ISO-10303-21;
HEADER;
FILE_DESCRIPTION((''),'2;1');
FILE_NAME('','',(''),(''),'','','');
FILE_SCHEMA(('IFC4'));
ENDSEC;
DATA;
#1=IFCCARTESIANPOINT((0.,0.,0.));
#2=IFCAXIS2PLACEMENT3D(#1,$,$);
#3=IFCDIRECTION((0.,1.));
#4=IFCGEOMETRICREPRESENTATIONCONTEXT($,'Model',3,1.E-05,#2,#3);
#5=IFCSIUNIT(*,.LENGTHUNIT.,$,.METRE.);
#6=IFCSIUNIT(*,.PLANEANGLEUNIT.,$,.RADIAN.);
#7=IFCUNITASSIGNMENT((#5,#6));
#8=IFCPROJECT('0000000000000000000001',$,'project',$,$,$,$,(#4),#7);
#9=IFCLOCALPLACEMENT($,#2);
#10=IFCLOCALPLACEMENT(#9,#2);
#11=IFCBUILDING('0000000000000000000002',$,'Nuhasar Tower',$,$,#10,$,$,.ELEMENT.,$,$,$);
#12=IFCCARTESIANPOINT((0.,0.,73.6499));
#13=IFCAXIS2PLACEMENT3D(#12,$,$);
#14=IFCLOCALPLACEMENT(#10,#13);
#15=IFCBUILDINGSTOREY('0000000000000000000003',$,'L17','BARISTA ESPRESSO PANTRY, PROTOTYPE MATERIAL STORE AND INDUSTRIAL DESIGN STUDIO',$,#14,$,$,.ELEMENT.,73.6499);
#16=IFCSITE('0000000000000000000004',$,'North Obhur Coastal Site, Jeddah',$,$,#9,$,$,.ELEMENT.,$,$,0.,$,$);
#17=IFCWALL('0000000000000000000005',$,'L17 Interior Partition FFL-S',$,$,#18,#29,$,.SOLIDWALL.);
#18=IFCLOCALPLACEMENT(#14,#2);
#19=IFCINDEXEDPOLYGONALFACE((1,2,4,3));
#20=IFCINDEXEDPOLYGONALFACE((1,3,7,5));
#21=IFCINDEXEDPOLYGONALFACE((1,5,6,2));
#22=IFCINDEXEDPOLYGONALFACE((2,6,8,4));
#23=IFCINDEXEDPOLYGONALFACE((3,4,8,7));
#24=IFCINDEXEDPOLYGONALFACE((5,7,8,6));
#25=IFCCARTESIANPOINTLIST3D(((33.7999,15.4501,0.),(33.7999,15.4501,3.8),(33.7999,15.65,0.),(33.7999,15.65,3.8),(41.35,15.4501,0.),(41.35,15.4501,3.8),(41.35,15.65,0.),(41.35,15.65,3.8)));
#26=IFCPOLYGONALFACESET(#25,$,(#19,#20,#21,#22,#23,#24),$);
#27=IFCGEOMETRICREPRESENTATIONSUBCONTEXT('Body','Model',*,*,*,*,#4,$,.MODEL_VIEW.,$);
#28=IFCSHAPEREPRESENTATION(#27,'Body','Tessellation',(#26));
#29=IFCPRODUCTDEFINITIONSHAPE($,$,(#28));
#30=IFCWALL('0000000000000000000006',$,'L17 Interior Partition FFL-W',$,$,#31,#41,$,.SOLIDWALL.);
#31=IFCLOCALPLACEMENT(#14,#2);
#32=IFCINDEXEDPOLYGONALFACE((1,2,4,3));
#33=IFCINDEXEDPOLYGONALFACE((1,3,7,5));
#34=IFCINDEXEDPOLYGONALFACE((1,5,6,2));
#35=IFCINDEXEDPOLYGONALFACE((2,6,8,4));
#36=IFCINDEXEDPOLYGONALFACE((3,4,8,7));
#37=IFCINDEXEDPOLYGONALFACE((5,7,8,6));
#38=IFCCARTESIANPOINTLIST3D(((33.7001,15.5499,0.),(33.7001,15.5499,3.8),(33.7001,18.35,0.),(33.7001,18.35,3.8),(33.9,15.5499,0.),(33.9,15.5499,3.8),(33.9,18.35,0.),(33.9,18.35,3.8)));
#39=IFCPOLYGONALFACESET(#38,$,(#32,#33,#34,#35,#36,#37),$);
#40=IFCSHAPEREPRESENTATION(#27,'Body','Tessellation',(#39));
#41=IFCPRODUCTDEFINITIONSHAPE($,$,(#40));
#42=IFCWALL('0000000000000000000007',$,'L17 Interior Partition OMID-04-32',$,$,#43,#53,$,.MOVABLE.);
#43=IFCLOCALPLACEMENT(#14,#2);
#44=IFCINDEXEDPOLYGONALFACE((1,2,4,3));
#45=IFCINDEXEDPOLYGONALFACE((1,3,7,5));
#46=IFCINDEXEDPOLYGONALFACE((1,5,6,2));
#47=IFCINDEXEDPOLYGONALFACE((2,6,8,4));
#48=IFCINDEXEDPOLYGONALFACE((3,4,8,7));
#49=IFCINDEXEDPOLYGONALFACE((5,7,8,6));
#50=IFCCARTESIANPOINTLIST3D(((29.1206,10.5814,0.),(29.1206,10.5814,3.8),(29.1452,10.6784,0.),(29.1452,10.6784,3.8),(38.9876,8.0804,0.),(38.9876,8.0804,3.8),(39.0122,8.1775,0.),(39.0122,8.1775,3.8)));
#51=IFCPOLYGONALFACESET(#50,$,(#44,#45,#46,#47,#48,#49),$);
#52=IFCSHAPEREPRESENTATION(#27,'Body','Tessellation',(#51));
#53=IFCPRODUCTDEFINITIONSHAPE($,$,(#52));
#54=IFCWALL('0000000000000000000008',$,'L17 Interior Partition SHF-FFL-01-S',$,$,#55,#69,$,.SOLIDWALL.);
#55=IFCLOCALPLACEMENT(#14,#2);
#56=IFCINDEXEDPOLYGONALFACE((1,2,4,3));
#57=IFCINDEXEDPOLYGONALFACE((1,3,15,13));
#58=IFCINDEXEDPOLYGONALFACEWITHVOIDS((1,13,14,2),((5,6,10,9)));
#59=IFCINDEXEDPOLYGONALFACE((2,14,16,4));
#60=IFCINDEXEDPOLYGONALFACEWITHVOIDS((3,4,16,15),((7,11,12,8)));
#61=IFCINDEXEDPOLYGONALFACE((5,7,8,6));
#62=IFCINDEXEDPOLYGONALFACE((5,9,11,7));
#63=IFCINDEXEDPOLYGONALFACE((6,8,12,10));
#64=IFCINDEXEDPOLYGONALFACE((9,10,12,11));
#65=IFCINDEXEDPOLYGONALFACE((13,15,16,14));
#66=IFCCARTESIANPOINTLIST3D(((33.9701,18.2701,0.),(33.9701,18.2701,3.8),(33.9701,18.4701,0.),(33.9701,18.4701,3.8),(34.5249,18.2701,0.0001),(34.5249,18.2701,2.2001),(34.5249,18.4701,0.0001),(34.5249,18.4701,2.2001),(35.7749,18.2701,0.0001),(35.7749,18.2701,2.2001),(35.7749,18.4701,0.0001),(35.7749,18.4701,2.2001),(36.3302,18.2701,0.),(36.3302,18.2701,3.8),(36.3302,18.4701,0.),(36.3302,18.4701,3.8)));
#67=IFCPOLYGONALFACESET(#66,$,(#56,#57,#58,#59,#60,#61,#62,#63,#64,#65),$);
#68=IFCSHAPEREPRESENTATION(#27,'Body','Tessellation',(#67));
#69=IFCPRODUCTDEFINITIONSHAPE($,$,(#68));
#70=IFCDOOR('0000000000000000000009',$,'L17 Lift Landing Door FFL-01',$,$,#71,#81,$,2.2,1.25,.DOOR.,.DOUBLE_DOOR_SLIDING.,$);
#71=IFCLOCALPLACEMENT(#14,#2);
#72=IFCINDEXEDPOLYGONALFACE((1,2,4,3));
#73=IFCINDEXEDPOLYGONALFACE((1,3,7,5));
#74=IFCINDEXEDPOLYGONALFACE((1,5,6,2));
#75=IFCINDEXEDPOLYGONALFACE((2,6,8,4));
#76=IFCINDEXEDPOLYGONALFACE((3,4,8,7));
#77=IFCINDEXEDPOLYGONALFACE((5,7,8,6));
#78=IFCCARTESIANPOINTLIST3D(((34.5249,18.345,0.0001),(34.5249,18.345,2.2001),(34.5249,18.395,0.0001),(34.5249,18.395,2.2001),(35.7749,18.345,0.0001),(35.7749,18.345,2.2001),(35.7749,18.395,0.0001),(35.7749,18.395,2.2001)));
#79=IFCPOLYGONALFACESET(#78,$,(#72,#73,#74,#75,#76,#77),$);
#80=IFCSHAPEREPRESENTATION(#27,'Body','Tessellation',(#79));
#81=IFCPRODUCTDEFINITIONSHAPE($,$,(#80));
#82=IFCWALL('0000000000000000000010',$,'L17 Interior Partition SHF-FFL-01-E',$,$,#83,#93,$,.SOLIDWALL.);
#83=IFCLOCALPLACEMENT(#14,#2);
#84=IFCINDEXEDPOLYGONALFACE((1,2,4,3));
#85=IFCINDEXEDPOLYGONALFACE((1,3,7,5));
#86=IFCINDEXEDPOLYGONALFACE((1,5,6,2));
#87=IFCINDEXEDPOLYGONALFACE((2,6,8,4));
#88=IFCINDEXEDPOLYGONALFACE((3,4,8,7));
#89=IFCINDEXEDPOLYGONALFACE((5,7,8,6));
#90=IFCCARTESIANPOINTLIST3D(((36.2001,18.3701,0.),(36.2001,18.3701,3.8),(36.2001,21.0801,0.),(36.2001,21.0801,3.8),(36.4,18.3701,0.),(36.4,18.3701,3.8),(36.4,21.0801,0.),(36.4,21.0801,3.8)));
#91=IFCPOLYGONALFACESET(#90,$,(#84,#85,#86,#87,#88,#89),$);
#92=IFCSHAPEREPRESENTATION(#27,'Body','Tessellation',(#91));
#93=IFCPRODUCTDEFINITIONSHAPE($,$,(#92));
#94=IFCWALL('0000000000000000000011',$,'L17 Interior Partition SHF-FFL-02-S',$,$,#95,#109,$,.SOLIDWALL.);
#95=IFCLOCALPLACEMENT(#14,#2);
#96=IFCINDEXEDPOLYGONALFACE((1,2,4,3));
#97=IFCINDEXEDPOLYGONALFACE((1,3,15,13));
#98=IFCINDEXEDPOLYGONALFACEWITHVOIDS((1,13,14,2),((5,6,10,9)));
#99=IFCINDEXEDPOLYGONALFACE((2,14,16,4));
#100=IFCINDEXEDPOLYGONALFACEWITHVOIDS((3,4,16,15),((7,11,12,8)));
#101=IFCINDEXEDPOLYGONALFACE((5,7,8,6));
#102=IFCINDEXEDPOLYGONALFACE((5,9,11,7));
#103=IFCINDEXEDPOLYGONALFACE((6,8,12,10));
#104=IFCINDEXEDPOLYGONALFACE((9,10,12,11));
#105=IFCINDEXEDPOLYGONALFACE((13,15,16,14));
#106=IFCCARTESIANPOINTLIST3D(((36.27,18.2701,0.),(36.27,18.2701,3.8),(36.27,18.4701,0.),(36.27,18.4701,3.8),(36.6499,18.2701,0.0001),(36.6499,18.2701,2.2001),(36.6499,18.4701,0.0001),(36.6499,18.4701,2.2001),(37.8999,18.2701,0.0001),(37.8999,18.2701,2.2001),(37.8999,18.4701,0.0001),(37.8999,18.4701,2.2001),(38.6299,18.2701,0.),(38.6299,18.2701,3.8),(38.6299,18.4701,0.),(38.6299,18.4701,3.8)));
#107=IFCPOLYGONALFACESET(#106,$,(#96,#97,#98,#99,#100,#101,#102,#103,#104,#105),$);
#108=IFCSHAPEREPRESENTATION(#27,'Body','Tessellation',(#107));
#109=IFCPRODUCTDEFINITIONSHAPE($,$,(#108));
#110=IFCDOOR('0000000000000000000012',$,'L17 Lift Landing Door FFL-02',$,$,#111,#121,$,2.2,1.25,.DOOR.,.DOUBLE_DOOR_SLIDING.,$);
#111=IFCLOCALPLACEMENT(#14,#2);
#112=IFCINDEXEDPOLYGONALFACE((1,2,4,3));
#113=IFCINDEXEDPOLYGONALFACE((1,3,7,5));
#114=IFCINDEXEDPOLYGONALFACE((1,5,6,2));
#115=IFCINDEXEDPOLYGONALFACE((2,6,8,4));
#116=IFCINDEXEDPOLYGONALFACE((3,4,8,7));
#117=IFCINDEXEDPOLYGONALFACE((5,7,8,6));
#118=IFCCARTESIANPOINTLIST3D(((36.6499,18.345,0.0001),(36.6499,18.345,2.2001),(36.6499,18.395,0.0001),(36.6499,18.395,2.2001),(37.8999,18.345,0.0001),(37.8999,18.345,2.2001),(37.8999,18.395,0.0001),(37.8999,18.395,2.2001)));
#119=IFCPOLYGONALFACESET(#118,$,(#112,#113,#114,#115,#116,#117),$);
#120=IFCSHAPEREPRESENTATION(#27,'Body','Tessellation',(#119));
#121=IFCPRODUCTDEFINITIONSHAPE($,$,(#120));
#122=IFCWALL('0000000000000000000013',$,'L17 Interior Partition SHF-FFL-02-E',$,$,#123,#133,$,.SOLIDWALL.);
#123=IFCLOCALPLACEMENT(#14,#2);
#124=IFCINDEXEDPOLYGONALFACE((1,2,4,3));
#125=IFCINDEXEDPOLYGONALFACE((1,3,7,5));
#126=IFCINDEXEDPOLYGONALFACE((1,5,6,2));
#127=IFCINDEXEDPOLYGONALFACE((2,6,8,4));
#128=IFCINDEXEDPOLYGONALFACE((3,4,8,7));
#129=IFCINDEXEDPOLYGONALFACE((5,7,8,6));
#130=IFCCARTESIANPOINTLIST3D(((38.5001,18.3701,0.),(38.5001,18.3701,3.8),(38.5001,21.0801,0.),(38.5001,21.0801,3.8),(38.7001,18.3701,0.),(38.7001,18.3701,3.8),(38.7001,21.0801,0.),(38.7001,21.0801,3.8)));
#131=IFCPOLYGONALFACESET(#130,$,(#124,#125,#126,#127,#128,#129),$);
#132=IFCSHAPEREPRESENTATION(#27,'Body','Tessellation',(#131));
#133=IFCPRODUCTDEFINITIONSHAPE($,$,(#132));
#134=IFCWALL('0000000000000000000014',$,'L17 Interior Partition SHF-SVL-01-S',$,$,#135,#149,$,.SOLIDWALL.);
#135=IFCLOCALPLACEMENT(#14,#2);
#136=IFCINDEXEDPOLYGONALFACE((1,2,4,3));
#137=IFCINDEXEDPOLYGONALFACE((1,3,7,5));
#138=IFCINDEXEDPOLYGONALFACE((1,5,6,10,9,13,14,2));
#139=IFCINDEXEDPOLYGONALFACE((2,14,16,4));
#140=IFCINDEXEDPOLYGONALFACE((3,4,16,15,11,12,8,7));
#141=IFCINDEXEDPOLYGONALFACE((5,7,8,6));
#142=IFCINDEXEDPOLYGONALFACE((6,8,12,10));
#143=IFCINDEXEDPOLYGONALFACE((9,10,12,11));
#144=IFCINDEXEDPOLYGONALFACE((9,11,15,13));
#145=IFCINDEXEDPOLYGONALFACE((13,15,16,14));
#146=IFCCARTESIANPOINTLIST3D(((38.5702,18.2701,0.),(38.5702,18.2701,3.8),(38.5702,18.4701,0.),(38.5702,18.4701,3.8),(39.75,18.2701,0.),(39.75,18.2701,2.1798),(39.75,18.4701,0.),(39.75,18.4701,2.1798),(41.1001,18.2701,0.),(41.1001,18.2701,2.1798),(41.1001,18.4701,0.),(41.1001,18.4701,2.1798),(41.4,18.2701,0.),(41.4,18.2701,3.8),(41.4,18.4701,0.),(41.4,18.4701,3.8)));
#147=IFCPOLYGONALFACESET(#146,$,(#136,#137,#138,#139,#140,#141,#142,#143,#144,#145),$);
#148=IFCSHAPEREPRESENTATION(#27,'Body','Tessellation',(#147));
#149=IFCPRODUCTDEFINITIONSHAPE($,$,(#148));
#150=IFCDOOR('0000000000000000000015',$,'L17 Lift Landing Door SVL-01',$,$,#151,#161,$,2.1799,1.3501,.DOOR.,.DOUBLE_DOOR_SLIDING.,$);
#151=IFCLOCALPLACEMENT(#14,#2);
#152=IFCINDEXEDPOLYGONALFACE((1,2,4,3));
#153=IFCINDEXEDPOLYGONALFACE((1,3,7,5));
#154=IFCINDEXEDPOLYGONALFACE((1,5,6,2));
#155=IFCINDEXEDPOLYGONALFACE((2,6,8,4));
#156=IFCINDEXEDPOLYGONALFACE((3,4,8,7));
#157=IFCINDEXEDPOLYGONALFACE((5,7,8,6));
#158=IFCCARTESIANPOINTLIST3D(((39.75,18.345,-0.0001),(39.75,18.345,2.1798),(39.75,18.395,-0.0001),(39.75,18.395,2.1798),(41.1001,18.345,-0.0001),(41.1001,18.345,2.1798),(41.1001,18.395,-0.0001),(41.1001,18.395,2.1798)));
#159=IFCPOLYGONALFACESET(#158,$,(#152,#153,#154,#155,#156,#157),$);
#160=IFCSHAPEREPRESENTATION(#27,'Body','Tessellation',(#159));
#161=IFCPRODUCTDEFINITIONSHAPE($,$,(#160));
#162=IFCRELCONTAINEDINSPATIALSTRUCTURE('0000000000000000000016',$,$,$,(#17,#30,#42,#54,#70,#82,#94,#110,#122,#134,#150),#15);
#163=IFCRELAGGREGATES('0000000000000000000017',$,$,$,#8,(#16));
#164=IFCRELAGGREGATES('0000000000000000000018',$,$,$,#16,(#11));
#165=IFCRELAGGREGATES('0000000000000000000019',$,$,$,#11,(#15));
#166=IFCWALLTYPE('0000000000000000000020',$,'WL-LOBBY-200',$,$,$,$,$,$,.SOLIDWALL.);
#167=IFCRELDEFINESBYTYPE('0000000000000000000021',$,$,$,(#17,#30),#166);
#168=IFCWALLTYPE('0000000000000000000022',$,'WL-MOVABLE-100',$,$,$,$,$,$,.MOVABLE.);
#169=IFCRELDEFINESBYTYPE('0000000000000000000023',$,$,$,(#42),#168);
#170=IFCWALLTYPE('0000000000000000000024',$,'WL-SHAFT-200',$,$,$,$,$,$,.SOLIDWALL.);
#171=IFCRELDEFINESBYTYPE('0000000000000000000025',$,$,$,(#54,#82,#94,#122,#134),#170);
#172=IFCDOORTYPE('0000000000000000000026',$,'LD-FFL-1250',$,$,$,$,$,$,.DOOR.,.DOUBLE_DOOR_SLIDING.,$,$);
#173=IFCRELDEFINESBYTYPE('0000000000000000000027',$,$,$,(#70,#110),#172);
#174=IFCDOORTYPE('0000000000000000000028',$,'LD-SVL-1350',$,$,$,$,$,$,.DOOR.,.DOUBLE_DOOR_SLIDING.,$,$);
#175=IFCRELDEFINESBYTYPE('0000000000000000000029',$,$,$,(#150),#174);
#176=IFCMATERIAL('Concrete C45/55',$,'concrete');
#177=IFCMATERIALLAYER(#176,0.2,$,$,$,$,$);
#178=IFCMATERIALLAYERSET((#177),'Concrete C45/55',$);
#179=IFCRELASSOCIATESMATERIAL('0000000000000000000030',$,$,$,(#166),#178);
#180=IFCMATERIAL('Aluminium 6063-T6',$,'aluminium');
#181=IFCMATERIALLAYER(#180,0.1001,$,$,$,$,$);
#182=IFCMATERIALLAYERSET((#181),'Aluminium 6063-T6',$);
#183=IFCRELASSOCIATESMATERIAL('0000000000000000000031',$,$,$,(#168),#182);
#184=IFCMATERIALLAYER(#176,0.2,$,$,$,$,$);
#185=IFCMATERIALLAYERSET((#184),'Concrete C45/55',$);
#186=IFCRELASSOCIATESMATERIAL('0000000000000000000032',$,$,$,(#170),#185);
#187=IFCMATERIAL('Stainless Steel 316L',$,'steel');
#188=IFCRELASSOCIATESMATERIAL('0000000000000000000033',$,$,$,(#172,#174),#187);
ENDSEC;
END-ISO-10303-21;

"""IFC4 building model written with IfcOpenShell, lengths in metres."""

from ifc_helpers import new_model, si_unit, direction, frame, frame_2d, origin, place, context, subcontext, project, spatial, rectangle, extrude, material, layer, layer_set, type_object, element, fill, save


model = new_model("IFC4")

# Units and contexts
model_context = context("Model", 3, precision=1e-05, world=origin(), true_north=direction((0.0, 1.0)))
body_context = subcontext(model_context, "Body", "Model", "MODEL_VIEW")
ifc_project = project(units=[si_unit("LENGTHUNIT", "METRE"), si_unit("PLANEANGLEUNIT", "RADIAN")], contexts=[model_context])

# Site, building, storey
site_placement = place(None, origin())
site = spatial("IfcSite", under=ifc_project, at=site_placement, Name="North Obhur Coastal Site, Jeddah", CompositionType="ELEMENT", RefElevation=0.0)
building_placement = place(site_placement, origin())
building = spatial("IfcBuilding", under=site, at=building_placement, Name="Nuhasar Tower", CompositionType="ELEMENT")
storey_placement = place(building_placement, frame((0.0, 0.0, 73.6499)))
storey = spatial("IfcBuildingStorey", under=building, at=storey_placement, Name="L17", Description="BARISTA ESPRESSO PANTRY, PROTOTYPE MATERIAL STORE AND INDUSTRIAL DESIGN STUDIO", CompositionType="ELEMENT", Elevation=73.6499)

# Shared definitions
ifc_material_1 = material(Name="Aluminium 6063-T6", Category="aluminium")

# Walls
ifc_material_2 = material(Name="Concrete C45/55", Category="concrete")
ifc_layer_1 = layer(ifc_material_2, 0.2)
ifc_layer_set_1 = layer_set([ifc_layer_1], Name="Concrete C45/55")
wall_type_1 = type_object("IfcWallType", Name="WL-LOBBY-200", PredefinedType="SOLIDWALL", material=ifc_layer_set_1)
wall_1_placement = place(storey_placement, frame((33.8, 15.55, 0.0), z_axis=(0.0, 0.0, 1.0), x_axis=(1.0, 0.0, 0.0)))
element("IfcWall", 1, at=wall_1_placement, inside=storey, type_object=wall_type_1, Name="L17 Interior Partition FFL-S", PredefinedType="SOLIDWALL", context=body_context, shape_type="SweptSolid", body=[
    extrude(rectangle(XDim=7.55, YDim=0.2, at=frame_2d((3.7749, 0.0))), origin(), (0.0, 0.0, 1.0), 3.8),
])
wall_2_placement = place(storey_placement, frame((33.8, 15.55, 0.0), z_axis=(0.0, 0.0, 1.0), x_axis=(0.0, 1.0, 0.0)))
element("IfcWall", 2, at=wall_2_placement, inside=storey, type_object=wall_type_1, Name="L17 Interior Partition FFL-W", PredefinedType="SOLIDWALL", context=body_context, shape_type="SweptSolid", body=[
    extrude(rectangle(XDim=2.8, YDim=0.2, at=frame_2d((1.3999, 0.0))), origin(), (0.0, 0.0, 1.0), 3.8),
])
ifc_layer_2 = layer(ifc_material_1, 0.1001)
ifc_layer_set_2 = layer_set([ifc_layer_2], Name="Aluminium 6063-T6")
wall_type_2 = type_object("IfcWallType", Name="WL-MOVABLE-100", PredefinedType="MOVABLE", material=ifc_layer_set_2)
wall_3_placement = place(storey_placement, frame((29.1331, 10.6299, 0.0), z_axis=(0.0, 0.0, 1.0), x_axis=(0.969346, -0.2457, 0.0)))
element("IfcWall", 3, at=wall_3_placement, inside=storey, type_object=wall_type_2, Name="L17 Interior Partition OMID-04-32", PredefinedType="MOVABLE", context=body_context, shape_type="SweptSolid", body=[
    extrude(rectangle(XDim=10.179, YDim=0.1001, at=frame_2d((5.0894, 0.0))), origin(), (0.0, 0.0, 1.0), 3.8),
])

# Wall, opening, door
ifc_layer_3 = layer(ifc_material_2, 0.2)
ifc_layer_set_3 = layer_set([ifc_layer_3], Name="Concrete C45/55")
wall_type_3 = type_object("IfcWallType", Name="WL-SHAFT-200", PredefinedType="SOLIDWALL", material=ifc_layer_set_3)
wall_4_placement = place(storey_placement, frame((33.97, 18.3701, 0.0), z_axis=(0.0, 0.0, 1.0), x_axis=(1.0, 0.0, 0.0)))
wall_4 = element("IfcWall", 4, at=wall_4_placement, inside=storey, type_object=wall_type_3, Name="L17 Interior Partition SHF-FFL-01-S", PredefinedType="SOLIDWALL", context=body_context, shape_type="SweptSolid", body=[
    extrude(rectangle(XDim=2.3601, YDim=0.2, at=frame_2d((1.1802, 0.0))), origin(), (0.0, 0.0, 1.0), 3.8),
])
opening_1_placement = place(wall_4_placement, frame((0.5549, 0.0, 0.0)))
opening_1 = element("IfcOpeningElement", 5, at=opening_1_placement, cuts=wall_4, PredefinedType="OPENING", context=body_context, shape_type="SweptSolid", body=[
    extrude(rectangle(XDim=1.25, YDim=2.2, at=frame_2d((0.625, 1.1001))), frame((0.0, 0.1099, 0.0), z_axis=(0.0, -1.0, 0.0), x_axis=(1.0, 0.0, 0.0)), (0.0, 0.0, 1.0), 0.22),
])
ifc_material_3 = material(Name="Stainless Steel 316L", Category="steel")
door_type_1 = type_object("IfcDoorType", Name="LD-FFL-1250", OperationType="DOUBLE_DOOR_SLIDING", PredefinedType="DOOR", material=ifc_material_3)
door_1_placement = place(opening_1_placement, origin())
door_1 = element("IfcDoor", 6, at=door_1_placement, inside=storey, type_object=door_type_1, Name="L17 Lift Landing Door FFL-01", OperationType="DOUBLE_DOOR_SLIDING", OverallHeight=2.2, OverallWidth=1.25, PredefinedType="DOOR", context=body_context, shape_type="SweptSolid", body=[
    extrude(rectangle(XDim=1.25, YDim=2.2, at=frame_2d((0.625, 1.1001))), frame((0.0, 0.0249, 0.0), z_axis=(0.0, -1.0, 0.0), x_axis=(1.0, 0.0, 0.0)), (0.0, 0.0, 1.0), 0.05),
])
fill(opening_1, door_1)

# Wall
wall_5_placement = place(storey_placement, frame((36.3, 18.3701, 0.0), z_axis=(0.0, 0.0, 1.0), x_axis=(0.0, 1.0, 0.0)))
element("IfcWall", 7, at=wall_5_placement, inside=storey, type_object=wall_type_3, Name="L17 Interior Partition SHF-FFL-01-E", PredefinedType="SOLIDWALL", context=body_context, shape_type="SweptSolid", body=[
    extrude(rectangle(XDim=2.71, YDim=0.2, at=frame_2d((1.355, 0.0))), origin(), (0.0, 0.0, 1.0), 3.8),
])

# Wall, opening, door
wall_6_placement = place(storey_placement, frame((36.27, 18.3701, 0.0), z_axis=(0.0, 0.0, 1.0), x_axis=(1.0, 0.0, 0.0)))
wall_6 = element("IfcWall", 8, at=wall_6_placement, inside=storey, type_object=wall_type_3, Name="L17 Interior Partition SHF-FFL-02-S", PredefinedType="SOLIDWALL", context=body_context, shape_type="SweptSolid", body=[
    extrude(rectangle(XDim=2.3599, YDim=0.2, at=frame_2d((1.1799, 0.0))), origin(), (0.0, 0.0, 1.0), 3.8),
])
opening_2_placement = place(wall_6_placement, frame((0.3799, 0.0, 0.0)))
opening_2 = element("IfcOpeningElement", 9, at=opening_2_placement, cuts=wall_6, PredefinedType="OPENING", context=body_context, shape_type="SweptSolid", body=[
    extrude(rectangle(XDim=1.25, YDim=2.2, at=frame_2d((0.625, 1.1001))), frame((0.0, 0.1099, 0.0), z_axis=(0.0, -1.0, 0.0), x_axis=(1.0, 0.0, 0.0)), (0.0, 0.0, 1.0), 0.22),
])
door_2_placement = place(opening_2_placement, origin())
door_2 = element("IfcDoor", 10, at=door_2_placement, inside=storey, type_object=door_type_1, Name="L17 Lift Landing Door FFL-02", OperationType="DOUBLE_DOOR_SLIDING", OverallHeight=2.2, OverallWidth=1.25, PredefinedType="DOOR", context=body_context, shape_type="SweptSolid", body=[
    extrude(rectangle(XDim=1.25, YDim=2.2, at=frame_2d((0.625, 1.1001))), frame((0.0, 0.0249, 0.0), z_axis=(0.0, -1.0, 0.0), x_axis=(1.0, 0.0, 0.0)), (0.0, 0.0, 1.0), 0.05),
])
fill(opening_2, door_2)

# Wall
wall_7_placement = place(storey_placement, frame((38.6001, 18.3701, 0.0), z_axis=(0.0, 0.0, 1.0), x_axis=(0.0, 1.0, 0.0)))
element("IfcWall", 11, at=wall_7_placement, inside=storey, type_object=wall_type_3, Name="L17 Interior Partition SHF-FFL-02-E", PredefinedType="SOLIDWALL", context=body_context, shape_type="SweptSolid", body=[
    extrude(rectangle(XDim=2.71, YDim=0.2, at=frame_2d((1.355, 0.0))), origin(), (0.0, 0.0, 1.0), 3.8),
])

# Wall, opening, door
wall_8_placement = place(storey_placement, frame((38.5701, 18.3701, 0.0), z_axis=(0.0, 0.0, 1.0), x_axis=(1.0, 0.0, 0.0)))
wall_8 = element("IfcWall", 12, at=wall_8_placement, inside=storey, type_object=wall_type_3, Name="L17 Interior Partition SHF-SVL-01-S", PredefinedType="SOLIDWALL", context=body_context, shape_type="SweptSolid", body=[
    extrude(rectangle(XDim=2.8298, YDim=0.2, at=frame_2d((1.415, 0.0))), origin(), (0.0, 0.0, 1.0), 3.8),
])
opening_3_placement = place(wall_8_placement, frame((1.1799, 0.0, 0.0)))
opening_3 = element("IfcOpeningElement", 13, at=opening_3_placement, cuts=wall_8, PredefinedType="OPENING", context=body_context, shape_type="SweptSolid", body=[
    extrude(rectangle(XDim=1.3501, YDim=2.1799, at=frame_2d((0.675, 1.0898))), frame((0.0, 0.1099, 0.0), z_axis=(0.0, -1.0, 0.0), x_axis=(1.0, 0.0, 0.0)), (0.0, 0.0, 1.0), 0.22),
])
door_type_2 = type_object("IfcDoorType", Name="LD-SVL-1350", OperationType="DOUBLE_DOOR_SLIDING", PredefinedType="DOOR", material=ifc_material_3)
door_3_placement = place(opening_3_placement, origin())
door_3 = element("IfcDoor", 14, at=door_3_placement, inside=storey, type_object=door_type_2, Name="L17 Lift Landing Door SVL-01", OperationType="DOUBLE_DOOR_SLIDING", OverallHeight=2.1799, OverallWidth=1.3501, PredefinedType="DOOR", context=body_context, shape_type="SweptSolid", body=[
    extrude(rectangle(XDim=1.3501, YDim=2.1799, at=frame_2d((0.675, 1.0898))), frame((0.0, 0.0249, 0.0), z_axis=(0.0, -1.0, 0.0), x_axis=(1.0, 0.0, 0.0)), (0.0, 0.0, 1.0), 0.05),
])
fill(opening_3, door_3)

save(model, "model.ifc")
